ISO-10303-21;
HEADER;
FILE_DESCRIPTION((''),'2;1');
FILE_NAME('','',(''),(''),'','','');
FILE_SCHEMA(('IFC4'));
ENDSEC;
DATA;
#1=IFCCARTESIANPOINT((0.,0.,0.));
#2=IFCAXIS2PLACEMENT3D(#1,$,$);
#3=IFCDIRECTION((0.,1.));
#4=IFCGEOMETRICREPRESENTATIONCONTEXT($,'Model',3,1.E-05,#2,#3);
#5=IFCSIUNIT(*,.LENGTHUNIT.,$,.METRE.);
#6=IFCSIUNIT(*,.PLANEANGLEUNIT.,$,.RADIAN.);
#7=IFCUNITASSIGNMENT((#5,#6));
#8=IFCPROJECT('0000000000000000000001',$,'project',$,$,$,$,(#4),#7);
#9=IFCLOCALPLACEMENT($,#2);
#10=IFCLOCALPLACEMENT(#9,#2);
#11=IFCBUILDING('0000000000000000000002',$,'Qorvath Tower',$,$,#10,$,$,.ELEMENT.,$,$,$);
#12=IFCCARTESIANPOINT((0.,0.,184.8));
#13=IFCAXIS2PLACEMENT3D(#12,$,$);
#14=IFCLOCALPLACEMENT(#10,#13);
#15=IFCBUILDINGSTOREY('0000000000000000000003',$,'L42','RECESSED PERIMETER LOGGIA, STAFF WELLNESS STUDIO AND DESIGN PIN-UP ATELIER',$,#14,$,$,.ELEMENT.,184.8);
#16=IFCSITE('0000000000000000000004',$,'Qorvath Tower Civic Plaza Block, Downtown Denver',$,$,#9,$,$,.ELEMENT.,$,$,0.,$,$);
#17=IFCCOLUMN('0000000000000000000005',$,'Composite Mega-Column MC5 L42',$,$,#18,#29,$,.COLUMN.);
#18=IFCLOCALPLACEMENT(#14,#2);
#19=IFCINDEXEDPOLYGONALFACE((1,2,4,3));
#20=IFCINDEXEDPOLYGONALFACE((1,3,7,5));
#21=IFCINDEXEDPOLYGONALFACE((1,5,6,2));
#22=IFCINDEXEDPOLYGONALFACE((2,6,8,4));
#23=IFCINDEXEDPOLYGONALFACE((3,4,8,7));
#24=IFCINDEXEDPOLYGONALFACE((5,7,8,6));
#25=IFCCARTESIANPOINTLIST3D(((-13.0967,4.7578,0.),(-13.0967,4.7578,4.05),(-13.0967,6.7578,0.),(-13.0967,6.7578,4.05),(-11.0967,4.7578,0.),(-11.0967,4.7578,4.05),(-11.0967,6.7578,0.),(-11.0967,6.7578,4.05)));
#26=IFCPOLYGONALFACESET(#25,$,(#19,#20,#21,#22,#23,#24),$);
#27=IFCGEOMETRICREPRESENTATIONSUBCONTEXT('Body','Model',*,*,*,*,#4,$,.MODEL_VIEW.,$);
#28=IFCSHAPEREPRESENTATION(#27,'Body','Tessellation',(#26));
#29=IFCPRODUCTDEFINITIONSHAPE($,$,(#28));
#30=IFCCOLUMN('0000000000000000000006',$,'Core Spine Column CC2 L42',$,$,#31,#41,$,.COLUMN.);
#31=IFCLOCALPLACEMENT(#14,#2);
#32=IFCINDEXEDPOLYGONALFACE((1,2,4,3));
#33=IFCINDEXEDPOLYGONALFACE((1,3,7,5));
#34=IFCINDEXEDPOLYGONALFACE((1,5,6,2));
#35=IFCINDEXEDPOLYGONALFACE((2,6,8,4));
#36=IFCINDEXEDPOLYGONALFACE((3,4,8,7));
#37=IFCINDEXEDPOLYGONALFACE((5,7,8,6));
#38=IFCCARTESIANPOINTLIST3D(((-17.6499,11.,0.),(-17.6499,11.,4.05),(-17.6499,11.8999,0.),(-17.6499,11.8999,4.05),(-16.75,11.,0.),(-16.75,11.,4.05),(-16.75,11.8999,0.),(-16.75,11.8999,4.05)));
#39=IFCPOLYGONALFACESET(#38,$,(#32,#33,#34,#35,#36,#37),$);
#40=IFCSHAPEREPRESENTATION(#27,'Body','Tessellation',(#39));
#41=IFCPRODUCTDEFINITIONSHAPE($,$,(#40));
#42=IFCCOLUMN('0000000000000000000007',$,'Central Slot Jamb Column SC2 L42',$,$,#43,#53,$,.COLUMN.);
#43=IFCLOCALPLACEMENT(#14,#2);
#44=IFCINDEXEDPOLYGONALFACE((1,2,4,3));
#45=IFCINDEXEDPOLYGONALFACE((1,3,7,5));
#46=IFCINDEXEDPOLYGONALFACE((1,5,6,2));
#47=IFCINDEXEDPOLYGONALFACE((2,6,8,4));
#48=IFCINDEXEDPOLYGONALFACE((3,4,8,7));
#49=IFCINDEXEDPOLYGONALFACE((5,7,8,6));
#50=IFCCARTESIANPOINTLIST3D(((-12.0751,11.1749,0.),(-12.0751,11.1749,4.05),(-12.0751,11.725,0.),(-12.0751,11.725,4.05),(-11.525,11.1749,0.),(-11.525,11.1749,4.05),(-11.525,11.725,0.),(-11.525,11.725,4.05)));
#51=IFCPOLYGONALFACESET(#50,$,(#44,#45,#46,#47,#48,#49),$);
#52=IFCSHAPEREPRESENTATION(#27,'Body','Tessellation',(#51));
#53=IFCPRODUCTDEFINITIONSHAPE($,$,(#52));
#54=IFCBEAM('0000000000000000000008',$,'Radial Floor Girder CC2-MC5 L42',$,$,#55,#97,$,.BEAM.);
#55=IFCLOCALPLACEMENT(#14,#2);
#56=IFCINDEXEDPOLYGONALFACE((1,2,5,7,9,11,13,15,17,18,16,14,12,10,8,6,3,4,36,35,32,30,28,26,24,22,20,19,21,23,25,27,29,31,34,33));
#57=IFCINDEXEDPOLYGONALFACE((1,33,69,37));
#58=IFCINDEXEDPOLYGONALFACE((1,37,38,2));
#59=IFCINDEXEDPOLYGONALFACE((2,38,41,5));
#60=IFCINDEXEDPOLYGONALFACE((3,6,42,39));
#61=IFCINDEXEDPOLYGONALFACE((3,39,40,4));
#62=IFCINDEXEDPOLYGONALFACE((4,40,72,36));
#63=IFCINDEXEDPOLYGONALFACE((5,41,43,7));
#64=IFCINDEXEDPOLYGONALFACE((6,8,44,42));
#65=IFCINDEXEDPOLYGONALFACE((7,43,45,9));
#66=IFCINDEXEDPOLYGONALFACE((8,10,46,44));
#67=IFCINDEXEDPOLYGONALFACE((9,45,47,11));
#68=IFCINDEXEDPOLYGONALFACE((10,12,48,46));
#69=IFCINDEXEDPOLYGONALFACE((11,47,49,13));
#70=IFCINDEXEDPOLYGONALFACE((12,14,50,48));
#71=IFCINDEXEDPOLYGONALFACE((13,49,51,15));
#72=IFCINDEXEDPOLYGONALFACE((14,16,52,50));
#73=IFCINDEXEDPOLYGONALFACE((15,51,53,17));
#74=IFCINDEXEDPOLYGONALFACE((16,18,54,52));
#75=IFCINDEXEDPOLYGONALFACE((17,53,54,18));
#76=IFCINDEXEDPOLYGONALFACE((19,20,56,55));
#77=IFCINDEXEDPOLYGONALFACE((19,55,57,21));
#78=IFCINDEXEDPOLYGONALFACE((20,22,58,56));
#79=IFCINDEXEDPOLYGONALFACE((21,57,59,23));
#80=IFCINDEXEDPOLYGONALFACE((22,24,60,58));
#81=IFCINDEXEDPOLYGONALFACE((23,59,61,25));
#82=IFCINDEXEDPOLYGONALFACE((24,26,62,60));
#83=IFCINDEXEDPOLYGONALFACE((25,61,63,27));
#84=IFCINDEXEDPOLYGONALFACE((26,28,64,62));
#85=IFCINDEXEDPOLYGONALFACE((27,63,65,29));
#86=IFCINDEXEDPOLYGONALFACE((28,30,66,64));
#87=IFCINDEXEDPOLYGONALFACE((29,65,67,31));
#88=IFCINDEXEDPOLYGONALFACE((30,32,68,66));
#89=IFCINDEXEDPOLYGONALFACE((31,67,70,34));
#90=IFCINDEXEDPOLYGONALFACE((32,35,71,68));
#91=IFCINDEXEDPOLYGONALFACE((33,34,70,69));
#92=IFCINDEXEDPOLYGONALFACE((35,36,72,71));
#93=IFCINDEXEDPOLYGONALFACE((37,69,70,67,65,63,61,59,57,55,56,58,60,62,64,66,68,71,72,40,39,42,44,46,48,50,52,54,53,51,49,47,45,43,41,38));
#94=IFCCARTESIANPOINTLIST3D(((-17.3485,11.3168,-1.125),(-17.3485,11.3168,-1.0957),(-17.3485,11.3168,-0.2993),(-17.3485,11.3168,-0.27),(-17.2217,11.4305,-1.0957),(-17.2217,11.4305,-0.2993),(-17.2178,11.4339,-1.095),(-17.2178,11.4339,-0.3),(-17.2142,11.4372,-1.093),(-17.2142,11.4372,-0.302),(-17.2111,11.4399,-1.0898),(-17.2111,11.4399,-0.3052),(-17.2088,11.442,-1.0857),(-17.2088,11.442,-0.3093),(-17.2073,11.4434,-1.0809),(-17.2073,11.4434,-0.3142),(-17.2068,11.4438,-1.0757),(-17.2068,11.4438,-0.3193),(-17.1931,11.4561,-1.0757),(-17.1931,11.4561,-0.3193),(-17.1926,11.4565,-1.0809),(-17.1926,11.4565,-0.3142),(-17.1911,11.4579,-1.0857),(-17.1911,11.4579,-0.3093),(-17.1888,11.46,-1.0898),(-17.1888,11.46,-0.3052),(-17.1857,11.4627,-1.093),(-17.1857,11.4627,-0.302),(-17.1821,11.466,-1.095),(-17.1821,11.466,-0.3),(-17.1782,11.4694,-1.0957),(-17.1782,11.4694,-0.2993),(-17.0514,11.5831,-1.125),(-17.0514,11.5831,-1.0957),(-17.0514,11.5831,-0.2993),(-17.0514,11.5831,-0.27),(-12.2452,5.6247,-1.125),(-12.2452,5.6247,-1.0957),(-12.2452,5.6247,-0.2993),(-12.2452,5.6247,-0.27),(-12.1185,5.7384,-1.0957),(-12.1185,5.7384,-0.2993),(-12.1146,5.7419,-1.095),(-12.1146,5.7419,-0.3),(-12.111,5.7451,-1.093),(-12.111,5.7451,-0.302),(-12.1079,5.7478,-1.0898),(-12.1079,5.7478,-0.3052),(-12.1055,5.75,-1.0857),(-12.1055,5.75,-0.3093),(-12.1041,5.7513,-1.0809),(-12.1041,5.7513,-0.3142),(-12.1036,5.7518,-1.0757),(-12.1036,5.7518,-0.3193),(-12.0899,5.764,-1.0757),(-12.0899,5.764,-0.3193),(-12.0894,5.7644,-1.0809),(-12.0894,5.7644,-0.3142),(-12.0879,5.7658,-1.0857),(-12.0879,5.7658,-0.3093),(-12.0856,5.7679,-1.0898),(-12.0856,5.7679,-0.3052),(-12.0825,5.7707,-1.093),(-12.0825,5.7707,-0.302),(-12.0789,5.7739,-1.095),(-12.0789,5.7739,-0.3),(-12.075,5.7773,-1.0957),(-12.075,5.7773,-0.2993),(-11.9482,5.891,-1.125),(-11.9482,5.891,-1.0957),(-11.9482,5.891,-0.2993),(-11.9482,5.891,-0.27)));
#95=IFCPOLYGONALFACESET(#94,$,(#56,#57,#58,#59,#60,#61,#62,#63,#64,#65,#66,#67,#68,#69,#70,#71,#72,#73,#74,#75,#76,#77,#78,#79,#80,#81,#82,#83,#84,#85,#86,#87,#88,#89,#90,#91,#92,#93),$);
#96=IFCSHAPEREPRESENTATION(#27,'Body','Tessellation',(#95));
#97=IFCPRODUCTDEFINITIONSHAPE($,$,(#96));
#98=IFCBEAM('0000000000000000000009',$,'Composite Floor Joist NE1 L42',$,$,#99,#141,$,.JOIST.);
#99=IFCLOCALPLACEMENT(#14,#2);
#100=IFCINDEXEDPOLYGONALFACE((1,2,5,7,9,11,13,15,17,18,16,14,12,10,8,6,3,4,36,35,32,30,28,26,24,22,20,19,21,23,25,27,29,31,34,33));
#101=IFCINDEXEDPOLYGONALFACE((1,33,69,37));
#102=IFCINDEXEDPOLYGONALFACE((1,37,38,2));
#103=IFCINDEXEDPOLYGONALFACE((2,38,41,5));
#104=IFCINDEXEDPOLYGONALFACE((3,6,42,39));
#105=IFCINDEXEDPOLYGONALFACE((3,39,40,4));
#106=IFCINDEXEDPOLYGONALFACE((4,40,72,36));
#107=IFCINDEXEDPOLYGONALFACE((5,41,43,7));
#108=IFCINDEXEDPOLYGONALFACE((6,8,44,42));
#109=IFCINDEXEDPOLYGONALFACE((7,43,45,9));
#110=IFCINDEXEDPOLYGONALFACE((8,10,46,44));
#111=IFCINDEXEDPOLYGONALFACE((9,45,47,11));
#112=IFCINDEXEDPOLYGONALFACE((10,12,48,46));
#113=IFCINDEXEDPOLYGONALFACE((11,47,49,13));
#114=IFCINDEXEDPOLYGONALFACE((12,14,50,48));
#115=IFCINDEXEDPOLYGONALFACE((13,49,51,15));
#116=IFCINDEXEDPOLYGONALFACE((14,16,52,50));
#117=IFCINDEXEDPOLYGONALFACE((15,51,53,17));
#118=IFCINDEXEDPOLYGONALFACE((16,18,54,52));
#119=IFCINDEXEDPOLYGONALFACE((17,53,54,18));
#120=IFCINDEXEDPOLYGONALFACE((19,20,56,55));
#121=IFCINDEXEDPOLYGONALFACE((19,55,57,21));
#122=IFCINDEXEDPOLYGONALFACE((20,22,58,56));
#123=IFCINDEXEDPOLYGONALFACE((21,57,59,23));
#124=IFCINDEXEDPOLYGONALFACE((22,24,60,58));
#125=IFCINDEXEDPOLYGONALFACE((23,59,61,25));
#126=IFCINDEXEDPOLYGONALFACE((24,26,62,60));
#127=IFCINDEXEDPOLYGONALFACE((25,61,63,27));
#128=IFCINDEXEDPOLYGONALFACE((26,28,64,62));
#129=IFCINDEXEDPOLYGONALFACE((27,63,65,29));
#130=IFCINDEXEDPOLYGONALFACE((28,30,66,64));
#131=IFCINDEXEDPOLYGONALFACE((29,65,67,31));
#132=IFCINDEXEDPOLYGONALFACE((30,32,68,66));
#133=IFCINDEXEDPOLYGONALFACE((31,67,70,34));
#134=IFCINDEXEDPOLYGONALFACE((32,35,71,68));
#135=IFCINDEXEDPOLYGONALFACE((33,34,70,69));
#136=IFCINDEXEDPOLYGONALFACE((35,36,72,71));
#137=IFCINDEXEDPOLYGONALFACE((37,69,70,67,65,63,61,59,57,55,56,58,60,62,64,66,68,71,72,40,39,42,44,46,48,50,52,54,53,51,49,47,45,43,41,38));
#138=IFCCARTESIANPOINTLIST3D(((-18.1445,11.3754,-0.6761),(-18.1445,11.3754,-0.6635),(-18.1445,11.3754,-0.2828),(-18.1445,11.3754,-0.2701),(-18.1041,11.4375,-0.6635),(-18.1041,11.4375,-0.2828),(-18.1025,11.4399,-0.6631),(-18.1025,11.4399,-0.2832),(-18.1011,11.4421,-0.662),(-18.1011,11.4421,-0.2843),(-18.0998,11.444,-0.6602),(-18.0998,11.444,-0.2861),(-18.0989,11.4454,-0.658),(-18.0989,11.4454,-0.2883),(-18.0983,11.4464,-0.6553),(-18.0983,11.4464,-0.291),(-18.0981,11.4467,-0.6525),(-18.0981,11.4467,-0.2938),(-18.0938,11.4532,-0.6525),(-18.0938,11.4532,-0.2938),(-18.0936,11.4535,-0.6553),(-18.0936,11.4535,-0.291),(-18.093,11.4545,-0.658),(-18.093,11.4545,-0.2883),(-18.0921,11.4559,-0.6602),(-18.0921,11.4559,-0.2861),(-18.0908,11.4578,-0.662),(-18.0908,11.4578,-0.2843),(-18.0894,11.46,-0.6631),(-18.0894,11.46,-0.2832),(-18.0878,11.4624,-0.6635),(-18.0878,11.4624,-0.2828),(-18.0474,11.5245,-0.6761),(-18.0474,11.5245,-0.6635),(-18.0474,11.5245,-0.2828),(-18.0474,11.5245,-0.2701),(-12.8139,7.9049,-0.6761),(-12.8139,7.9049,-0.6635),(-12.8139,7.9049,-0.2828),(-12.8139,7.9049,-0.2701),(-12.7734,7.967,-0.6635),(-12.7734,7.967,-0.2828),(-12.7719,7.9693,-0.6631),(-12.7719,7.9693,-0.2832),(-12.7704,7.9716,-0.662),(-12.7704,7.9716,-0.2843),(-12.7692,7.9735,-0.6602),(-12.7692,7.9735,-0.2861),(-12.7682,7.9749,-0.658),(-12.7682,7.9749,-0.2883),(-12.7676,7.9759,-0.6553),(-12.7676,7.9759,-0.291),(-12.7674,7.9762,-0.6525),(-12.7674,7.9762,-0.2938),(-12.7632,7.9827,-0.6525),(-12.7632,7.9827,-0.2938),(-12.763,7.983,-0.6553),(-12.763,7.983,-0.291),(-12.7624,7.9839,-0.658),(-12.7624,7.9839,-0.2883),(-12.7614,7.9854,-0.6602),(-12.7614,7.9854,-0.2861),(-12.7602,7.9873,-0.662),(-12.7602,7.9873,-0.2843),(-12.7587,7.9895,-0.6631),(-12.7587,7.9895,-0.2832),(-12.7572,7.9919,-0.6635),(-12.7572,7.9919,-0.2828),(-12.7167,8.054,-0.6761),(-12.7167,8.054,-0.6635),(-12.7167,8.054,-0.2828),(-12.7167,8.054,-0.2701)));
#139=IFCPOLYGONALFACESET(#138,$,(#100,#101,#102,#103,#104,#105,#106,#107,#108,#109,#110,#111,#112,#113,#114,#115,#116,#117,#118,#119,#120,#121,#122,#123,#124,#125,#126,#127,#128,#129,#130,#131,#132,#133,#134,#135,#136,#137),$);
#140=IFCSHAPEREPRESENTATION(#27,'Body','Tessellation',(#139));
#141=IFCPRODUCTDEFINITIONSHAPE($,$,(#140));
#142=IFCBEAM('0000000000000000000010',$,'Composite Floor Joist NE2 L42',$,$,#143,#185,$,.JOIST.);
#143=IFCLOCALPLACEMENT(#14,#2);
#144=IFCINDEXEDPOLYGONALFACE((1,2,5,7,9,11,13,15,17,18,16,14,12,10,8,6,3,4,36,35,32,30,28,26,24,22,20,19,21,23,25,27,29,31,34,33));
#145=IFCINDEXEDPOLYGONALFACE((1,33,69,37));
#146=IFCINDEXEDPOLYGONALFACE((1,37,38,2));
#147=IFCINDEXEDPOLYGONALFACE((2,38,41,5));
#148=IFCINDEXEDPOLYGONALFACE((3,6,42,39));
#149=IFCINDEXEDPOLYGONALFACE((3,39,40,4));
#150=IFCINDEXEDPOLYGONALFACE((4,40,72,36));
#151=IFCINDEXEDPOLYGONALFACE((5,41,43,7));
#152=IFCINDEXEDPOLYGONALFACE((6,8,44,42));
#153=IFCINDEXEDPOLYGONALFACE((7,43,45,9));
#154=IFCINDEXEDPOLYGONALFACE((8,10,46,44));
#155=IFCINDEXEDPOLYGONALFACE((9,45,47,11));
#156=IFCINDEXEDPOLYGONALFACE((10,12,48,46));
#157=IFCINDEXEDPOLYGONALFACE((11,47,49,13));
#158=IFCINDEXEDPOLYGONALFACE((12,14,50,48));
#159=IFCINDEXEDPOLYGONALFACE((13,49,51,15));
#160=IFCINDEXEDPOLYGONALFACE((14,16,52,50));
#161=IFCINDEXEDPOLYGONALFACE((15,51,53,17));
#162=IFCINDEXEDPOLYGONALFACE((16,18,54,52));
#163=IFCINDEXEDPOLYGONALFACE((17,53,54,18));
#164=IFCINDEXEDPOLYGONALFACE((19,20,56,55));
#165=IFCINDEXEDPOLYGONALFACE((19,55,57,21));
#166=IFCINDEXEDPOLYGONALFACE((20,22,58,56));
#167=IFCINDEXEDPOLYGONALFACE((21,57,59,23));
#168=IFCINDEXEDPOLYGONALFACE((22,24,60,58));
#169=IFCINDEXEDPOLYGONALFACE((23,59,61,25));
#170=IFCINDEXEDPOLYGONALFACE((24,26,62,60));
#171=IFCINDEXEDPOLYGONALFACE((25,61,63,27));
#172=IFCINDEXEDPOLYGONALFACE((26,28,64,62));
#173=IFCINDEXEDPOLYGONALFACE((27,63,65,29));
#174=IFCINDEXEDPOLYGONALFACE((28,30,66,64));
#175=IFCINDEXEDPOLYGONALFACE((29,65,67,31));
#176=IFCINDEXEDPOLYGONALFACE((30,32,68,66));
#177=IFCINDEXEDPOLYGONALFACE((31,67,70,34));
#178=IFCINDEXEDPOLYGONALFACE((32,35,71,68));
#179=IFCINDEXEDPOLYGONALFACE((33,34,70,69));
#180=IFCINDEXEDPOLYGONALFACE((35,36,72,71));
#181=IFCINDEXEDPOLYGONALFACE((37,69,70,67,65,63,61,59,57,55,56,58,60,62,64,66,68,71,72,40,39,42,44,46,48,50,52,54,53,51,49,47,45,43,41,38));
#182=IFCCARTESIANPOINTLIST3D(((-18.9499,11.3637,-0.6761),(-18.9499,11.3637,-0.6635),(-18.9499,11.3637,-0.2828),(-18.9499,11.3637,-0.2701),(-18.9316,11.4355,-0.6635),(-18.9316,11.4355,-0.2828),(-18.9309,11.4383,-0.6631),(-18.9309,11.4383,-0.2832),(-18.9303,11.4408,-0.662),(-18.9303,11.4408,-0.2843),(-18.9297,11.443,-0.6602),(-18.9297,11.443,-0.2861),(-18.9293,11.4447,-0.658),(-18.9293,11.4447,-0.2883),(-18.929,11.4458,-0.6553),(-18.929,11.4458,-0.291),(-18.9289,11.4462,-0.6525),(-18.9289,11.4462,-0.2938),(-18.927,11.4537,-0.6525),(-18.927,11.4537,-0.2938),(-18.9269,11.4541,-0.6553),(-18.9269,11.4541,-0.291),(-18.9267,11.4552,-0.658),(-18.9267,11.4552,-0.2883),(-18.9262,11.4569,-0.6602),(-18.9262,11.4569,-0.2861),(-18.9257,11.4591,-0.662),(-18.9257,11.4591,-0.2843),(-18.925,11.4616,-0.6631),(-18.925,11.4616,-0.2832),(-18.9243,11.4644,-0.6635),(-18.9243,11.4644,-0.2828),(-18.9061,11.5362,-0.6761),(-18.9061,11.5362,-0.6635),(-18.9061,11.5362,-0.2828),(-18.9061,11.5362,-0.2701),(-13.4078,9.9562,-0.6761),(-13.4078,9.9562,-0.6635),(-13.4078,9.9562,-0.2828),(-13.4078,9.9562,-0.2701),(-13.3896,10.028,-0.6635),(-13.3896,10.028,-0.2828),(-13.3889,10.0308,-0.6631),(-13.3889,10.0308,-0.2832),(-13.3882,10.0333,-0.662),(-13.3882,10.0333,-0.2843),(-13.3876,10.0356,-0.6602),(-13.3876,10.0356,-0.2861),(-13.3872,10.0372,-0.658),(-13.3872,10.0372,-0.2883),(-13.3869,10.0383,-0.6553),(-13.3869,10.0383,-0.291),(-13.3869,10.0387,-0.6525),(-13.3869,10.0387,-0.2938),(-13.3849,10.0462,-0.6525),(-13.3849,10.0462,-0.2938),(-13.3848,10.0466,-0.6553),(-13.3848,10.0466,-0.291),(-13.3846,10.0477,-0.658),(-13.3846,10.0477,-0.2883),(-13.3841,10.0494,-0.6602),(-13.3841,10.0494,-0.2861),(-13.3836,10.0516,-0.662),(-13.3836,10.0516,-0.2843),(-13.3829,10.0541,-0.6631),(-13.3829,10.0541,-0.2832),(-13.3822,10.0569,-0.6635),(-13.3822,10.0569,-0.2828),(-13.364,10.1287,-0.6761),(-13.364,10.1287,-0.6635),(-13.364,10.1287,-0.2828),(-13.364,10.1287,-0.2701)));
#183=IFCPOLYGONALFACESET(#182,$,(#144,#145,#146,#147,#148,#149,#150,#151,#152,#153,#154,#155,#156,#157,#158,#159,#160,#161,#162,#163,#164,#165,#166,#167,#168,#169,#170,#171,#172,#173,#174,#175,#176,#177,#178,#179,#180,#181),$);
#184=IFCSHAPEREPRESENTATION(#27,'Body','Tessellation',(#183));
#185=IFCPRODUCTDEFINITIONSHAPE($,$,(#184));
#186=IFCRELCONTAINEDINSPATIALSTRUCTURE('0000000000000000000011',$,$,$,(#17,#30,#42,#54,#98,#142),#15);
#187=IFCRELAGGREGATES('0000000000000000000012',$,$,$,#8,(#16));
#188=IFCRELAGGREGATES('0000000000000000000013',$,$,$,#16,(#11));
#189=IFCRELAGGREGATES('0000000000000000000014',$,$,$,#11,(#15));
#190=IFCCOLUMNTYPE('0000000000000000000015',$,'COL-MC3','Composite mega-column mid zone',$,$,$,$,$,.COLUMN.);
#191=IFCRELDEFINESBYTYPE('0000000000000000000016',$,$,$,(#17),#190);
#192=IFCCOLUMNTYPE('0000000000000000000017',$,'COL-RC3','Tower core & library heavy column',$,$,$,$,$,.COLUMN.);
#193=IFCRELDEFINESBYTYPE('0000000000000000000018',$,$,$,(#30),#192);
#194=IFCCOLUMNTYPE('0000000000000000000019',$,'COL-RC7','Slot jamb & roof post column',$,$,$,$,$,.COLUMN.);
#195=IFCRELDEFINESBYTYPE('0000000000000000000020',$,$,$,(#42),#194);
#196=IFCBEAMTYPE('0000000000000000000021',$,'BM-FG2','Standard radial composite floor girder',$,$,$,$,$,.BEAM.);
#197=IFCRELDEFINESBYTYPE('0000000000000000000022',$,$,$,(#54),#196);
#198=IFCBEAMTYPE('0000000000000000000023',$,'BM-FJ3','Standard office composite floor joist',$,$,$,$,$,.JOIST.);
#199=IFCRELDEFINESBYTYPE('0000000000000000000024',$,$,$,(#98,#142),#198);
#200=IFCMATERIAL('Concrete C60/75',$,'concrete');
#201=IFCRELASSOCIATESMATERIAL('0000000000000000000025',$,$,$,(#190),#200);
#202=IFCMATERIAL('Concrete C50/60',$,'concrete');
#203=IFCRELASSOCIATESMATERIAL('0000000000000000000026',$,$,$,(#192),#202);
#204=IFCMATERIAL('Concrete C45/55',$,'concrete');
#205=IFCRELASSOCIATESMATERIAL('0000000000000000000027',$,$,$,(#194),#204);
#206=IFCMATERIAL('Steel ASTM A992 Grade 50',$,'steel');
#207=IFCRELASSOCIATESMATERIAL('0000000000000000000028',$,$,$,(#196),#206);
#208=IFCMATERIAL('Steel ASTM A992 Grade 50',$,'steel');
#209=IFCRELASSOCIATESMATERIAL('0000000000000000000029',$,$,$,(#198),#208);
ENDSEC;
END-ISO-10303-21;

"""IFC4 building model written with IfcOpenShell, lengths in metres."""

from ifc_helpers import new_model, si_unit, direction, frame, origin, origin_2d, place, context, subcontext, project, spatial, rectangle, i_section, extrude, material, material_profile, profile_set, type_object, element, save


model = new_model("IFC4")

# Units and contexts
model_context = context("Model", 3, precision=1e-05, world=origin(), true_north=direction((0.0, 1.0)))
body_context = subcontext(model_context, "Body", "Model", "MODEL_VIEW")
ifc_project = project(units=[si_unit("LENGTHUNIT", "METRE"), si_unit("PLANEANGLEUNIT", "RADIAN")], contexts=[model_context])

# Site, building, storey
site_placement = place(None, origin())
site = spatial("IfcSite", under=ifc_project, at=site_placement, Name="Qorvath Tower Civic Plaza Block, Downtown Denver", CompositionType="ELEMENT", RefElevation=0.0)
building_placement = place(site_placement, origin())
building = spatial("IfcBuilding", under=site, at=building_placement, Name="Qorvath Tower", CompositionType="ELEMENT")
storey_placement = place(building_placement, frame((0.0, 0.0, 184.8)))
storey = spatial("IfcBuildingStorey", under=building, at=storey_placement, Name="L42", Description="RECESSED PERIMETER LOGGIA, STAFF WELLNESS STUDIO AND DESIGN PIN-UP ATELIER", CompositionType="ELEMENT", Elevation=184.8)

# Columns
ifc_material_1 = material(Name="Concrete C60/75", Category="concrete")
ifc_material_profile_1 = material_profile(ifc_material_1, rectangle(XDim=2.0, YDim=2.0, at=origin_2d()), Name="MC 2000x2000")
ifc_profile_set_1 = profile_set([ifc_material_profile_1], Name="Concrete C60/75")
column_type_1 = type_object("IfcColumnType", Name="COL-MC3", Description="Composite mega-column mid zone", PredefinedType="COLUMN", material=ifc_profile_set_1)
column_1_placement = place(storey_placement, frame((-12.0967, 5.7578, 0.0), z_axis=(0.0, 0.0, 1.0), x_axis=(1.0, 0.0, 0.0)))
element("IfcColumn", 1, at=column_1_placement, inside=storey, type_object=column_type_1, Name="Composite Mega-Column MC5 L42", PredefinedType="COLUMN", context=body_context, shape_type="SweptSolid", body=[
    extrude(rectangle(XDim=2.0, YDim=2.0, at=origin_2d()), origin(), (0.0, 0.0, 1.0), 4.05),
])
ifc_material_2 = material(Name="Concrete C50/60", Category="concrete")
ifc_material_profile_2 = material_profile(ifc_material_2, rectangle(XDim=0.8999, YDim=0.8999, at=origin_2d()), Name="RC 900x900")
ifc_profile_set_2 = profile_set([ifc_material_profile_2], Name="Concrete C50/60")
column_type_2 = type_object("IfcColumnType", Name="COL-RC3", Description="Tower core & library heavy column", PredefinedType="COLUMN", material=ifc_profile_set_2)
column_2_placement = place(storey_placement, frame((-17.2, 11.45, 0.0), z_axis=(0.0, 0.0, 1.0), x_axis=(1.0, 0.0, 0.0)))
element("IfcColumn", 2, at=column_2_placement, inside=storey, type_object=column_type_2, Name="Core Spine Column CC2 L42", PredefinedType="COLUMN", context=body_context, shape_type="SweptSolid", body=[
    extrude(rectangle(XDim=0.8999, YDim=0.8999, at=origin_2d()), origin(), (0.0, 0.0, 1.0), 4.05),
])
ifc_material_3 = material(Name="Concrete C45/55", Category="concrete")
ifc_material_profile_3 = material_profile(ifc_material_3, rectangle(XDim=0.55, YDim=0.55, at=origin_2d()), Name="RC 550x550")
ifc_profile_set_3 = profile_set([ifc_material_profile_3], Name="Concrete C45/55")
column_type_3 = type_object("IfcColumnType", Name="COL-RC7", Description="Slot jamb & roof post column", PredefinedType="COLUMN", material=ifc_profile_set_3)
column_3_placement = place(storey_placement, frame((-11.8, 11.45, 0.0), z_axis=(0.0, 0.0, 1.0), x_axis=(1.0, 0.0, 0.0)))
element("IfcColumn", 3, at=column_3_placement, inside=storey, type_object=column_type_3, Name="Central Slot Jamb Column SC2 L42", PredefinedType="COLUMN", context=body_context, shape_type="SweptSolid", body=[
    extrude(rectangle(XDim=0.55, YDim=0.55, at=origin_2d()), origin(), (0.0, 0.0, 1.0), 4.05),
])

# Beams
ifc_material_4 = material(Name="Steel ASTM A992 Grade 50", Category="steel")
ifc_material_profile_4 = material_profile(ifc_material_4, i_section(OverallWidth=0.3989, OverallDepth=0.855, WebThickness=0.0183, FlangeThickness=0.0293, FilletRadius=0.02, at=origin_2d()), Name="W33x201")
ifc_profile_set_4 = profile_set([ifc_material_profile_4], Name="Steel ASTM A992 Grade 50")
beam_type_1 = type_object("IfcBeamType", Name="BM-FG2", Description="Standard radial composite floor girder", PredefinedType="BEAM", material=ifc_profile_set_4)
beam_1_placement = place(storey_placement, frame((-17.2, 11.45, -0.6975), z_axis=(0.667543, -0.744571, 0.0), x_axis=(0.744571, 0.667543, 0.0)))
element("IfcBeam", 4, at=beam_1_placement, inside=storey, type_object=beam_type_1, Name="Radial Floor Girder CC2-MC5 L42", PredefinedType="BEAM", context=body_context, shape_type="SweptSolid", body=[
    extrude(i_section(OverallWidth=0.3989, OverallDepth=0.855, WebThickness=0.0183, FlangeThickness=0.0293, FilletRadius=0.02, at=origin_2d()), origin(), (0.0, 0.0, 1.0), 7.6448),
])
ifc_material_5 = material(Name="Steel ASTM A992 Grade 50", Category="steel")
ifc_material_profile_5 = material_profile(ifc_material_5, i_section(OverallWidth=0.178, OverallDepth=0.406, WebThickness=0.0078, FlangeThickness=0.0127, FilletRadius=0.011, at=origin_2d()), Name="W16x40")
ifc_profile_set_5 = profile_set([ifc_material_profile_5], Name="Steel ASTM A992 Grade 50")
beam_type_2 = type_object("IfcBeamType", Name="BM-FJ3", Description="Standard office composite floor joist", PredefinedType="JOIST", material=ifc_profile_set_5)
beam_2_placement = place(storey_placement, frame((-18.0959, 11.45, -0.4731), z_axis=(0.838042, -0.545606, 0.0), x_axis=(0.545606, 0.838042, 0.0)))
element("IfcBeam", 5, at=beam_2_placement, inside=storey, type_object=beam_type_2, Name="Composite Floor Joist NE1 L42", PredefinedType="JOIST", context=body_context, shape_type="SweptSolid", body=[
    extrude(i_section(OverallWidth=0.178, OverallDepth=0.406, WebThickness=0.0078, FlangeThickness=0.0127, FilletRadius=0.011, at=origin_2d()), origin(), (0.0, 0.0, 1.0), 6.3608),
])
beam_3_placement = place(storey_placement, frame((-18.928, 11.45, -0.4731), z_axis=(0.969232, -0.246151, 0.0), x_axis=(0.246151, 0.969232, 0.0)))
element("IfcBeam", 6, at=beam_3_placement, inside=storey, type_object=beam_type_2, Name="Composite Floor Joist NE2 L42", PredefinedType="JOIST", context=body_context, shape_type="SweptSolid", body=[
    extrude(i_section(OverallWidth=0.178, OverallDepth=0.406, WebThickness=0.0078, FlangeThickness=0.0127, FilletRadius=0.011, at=origin_2d()), origin(), (0.0, 0.0, 1.0), 5.718),
])

save(model, "model.ifc")
